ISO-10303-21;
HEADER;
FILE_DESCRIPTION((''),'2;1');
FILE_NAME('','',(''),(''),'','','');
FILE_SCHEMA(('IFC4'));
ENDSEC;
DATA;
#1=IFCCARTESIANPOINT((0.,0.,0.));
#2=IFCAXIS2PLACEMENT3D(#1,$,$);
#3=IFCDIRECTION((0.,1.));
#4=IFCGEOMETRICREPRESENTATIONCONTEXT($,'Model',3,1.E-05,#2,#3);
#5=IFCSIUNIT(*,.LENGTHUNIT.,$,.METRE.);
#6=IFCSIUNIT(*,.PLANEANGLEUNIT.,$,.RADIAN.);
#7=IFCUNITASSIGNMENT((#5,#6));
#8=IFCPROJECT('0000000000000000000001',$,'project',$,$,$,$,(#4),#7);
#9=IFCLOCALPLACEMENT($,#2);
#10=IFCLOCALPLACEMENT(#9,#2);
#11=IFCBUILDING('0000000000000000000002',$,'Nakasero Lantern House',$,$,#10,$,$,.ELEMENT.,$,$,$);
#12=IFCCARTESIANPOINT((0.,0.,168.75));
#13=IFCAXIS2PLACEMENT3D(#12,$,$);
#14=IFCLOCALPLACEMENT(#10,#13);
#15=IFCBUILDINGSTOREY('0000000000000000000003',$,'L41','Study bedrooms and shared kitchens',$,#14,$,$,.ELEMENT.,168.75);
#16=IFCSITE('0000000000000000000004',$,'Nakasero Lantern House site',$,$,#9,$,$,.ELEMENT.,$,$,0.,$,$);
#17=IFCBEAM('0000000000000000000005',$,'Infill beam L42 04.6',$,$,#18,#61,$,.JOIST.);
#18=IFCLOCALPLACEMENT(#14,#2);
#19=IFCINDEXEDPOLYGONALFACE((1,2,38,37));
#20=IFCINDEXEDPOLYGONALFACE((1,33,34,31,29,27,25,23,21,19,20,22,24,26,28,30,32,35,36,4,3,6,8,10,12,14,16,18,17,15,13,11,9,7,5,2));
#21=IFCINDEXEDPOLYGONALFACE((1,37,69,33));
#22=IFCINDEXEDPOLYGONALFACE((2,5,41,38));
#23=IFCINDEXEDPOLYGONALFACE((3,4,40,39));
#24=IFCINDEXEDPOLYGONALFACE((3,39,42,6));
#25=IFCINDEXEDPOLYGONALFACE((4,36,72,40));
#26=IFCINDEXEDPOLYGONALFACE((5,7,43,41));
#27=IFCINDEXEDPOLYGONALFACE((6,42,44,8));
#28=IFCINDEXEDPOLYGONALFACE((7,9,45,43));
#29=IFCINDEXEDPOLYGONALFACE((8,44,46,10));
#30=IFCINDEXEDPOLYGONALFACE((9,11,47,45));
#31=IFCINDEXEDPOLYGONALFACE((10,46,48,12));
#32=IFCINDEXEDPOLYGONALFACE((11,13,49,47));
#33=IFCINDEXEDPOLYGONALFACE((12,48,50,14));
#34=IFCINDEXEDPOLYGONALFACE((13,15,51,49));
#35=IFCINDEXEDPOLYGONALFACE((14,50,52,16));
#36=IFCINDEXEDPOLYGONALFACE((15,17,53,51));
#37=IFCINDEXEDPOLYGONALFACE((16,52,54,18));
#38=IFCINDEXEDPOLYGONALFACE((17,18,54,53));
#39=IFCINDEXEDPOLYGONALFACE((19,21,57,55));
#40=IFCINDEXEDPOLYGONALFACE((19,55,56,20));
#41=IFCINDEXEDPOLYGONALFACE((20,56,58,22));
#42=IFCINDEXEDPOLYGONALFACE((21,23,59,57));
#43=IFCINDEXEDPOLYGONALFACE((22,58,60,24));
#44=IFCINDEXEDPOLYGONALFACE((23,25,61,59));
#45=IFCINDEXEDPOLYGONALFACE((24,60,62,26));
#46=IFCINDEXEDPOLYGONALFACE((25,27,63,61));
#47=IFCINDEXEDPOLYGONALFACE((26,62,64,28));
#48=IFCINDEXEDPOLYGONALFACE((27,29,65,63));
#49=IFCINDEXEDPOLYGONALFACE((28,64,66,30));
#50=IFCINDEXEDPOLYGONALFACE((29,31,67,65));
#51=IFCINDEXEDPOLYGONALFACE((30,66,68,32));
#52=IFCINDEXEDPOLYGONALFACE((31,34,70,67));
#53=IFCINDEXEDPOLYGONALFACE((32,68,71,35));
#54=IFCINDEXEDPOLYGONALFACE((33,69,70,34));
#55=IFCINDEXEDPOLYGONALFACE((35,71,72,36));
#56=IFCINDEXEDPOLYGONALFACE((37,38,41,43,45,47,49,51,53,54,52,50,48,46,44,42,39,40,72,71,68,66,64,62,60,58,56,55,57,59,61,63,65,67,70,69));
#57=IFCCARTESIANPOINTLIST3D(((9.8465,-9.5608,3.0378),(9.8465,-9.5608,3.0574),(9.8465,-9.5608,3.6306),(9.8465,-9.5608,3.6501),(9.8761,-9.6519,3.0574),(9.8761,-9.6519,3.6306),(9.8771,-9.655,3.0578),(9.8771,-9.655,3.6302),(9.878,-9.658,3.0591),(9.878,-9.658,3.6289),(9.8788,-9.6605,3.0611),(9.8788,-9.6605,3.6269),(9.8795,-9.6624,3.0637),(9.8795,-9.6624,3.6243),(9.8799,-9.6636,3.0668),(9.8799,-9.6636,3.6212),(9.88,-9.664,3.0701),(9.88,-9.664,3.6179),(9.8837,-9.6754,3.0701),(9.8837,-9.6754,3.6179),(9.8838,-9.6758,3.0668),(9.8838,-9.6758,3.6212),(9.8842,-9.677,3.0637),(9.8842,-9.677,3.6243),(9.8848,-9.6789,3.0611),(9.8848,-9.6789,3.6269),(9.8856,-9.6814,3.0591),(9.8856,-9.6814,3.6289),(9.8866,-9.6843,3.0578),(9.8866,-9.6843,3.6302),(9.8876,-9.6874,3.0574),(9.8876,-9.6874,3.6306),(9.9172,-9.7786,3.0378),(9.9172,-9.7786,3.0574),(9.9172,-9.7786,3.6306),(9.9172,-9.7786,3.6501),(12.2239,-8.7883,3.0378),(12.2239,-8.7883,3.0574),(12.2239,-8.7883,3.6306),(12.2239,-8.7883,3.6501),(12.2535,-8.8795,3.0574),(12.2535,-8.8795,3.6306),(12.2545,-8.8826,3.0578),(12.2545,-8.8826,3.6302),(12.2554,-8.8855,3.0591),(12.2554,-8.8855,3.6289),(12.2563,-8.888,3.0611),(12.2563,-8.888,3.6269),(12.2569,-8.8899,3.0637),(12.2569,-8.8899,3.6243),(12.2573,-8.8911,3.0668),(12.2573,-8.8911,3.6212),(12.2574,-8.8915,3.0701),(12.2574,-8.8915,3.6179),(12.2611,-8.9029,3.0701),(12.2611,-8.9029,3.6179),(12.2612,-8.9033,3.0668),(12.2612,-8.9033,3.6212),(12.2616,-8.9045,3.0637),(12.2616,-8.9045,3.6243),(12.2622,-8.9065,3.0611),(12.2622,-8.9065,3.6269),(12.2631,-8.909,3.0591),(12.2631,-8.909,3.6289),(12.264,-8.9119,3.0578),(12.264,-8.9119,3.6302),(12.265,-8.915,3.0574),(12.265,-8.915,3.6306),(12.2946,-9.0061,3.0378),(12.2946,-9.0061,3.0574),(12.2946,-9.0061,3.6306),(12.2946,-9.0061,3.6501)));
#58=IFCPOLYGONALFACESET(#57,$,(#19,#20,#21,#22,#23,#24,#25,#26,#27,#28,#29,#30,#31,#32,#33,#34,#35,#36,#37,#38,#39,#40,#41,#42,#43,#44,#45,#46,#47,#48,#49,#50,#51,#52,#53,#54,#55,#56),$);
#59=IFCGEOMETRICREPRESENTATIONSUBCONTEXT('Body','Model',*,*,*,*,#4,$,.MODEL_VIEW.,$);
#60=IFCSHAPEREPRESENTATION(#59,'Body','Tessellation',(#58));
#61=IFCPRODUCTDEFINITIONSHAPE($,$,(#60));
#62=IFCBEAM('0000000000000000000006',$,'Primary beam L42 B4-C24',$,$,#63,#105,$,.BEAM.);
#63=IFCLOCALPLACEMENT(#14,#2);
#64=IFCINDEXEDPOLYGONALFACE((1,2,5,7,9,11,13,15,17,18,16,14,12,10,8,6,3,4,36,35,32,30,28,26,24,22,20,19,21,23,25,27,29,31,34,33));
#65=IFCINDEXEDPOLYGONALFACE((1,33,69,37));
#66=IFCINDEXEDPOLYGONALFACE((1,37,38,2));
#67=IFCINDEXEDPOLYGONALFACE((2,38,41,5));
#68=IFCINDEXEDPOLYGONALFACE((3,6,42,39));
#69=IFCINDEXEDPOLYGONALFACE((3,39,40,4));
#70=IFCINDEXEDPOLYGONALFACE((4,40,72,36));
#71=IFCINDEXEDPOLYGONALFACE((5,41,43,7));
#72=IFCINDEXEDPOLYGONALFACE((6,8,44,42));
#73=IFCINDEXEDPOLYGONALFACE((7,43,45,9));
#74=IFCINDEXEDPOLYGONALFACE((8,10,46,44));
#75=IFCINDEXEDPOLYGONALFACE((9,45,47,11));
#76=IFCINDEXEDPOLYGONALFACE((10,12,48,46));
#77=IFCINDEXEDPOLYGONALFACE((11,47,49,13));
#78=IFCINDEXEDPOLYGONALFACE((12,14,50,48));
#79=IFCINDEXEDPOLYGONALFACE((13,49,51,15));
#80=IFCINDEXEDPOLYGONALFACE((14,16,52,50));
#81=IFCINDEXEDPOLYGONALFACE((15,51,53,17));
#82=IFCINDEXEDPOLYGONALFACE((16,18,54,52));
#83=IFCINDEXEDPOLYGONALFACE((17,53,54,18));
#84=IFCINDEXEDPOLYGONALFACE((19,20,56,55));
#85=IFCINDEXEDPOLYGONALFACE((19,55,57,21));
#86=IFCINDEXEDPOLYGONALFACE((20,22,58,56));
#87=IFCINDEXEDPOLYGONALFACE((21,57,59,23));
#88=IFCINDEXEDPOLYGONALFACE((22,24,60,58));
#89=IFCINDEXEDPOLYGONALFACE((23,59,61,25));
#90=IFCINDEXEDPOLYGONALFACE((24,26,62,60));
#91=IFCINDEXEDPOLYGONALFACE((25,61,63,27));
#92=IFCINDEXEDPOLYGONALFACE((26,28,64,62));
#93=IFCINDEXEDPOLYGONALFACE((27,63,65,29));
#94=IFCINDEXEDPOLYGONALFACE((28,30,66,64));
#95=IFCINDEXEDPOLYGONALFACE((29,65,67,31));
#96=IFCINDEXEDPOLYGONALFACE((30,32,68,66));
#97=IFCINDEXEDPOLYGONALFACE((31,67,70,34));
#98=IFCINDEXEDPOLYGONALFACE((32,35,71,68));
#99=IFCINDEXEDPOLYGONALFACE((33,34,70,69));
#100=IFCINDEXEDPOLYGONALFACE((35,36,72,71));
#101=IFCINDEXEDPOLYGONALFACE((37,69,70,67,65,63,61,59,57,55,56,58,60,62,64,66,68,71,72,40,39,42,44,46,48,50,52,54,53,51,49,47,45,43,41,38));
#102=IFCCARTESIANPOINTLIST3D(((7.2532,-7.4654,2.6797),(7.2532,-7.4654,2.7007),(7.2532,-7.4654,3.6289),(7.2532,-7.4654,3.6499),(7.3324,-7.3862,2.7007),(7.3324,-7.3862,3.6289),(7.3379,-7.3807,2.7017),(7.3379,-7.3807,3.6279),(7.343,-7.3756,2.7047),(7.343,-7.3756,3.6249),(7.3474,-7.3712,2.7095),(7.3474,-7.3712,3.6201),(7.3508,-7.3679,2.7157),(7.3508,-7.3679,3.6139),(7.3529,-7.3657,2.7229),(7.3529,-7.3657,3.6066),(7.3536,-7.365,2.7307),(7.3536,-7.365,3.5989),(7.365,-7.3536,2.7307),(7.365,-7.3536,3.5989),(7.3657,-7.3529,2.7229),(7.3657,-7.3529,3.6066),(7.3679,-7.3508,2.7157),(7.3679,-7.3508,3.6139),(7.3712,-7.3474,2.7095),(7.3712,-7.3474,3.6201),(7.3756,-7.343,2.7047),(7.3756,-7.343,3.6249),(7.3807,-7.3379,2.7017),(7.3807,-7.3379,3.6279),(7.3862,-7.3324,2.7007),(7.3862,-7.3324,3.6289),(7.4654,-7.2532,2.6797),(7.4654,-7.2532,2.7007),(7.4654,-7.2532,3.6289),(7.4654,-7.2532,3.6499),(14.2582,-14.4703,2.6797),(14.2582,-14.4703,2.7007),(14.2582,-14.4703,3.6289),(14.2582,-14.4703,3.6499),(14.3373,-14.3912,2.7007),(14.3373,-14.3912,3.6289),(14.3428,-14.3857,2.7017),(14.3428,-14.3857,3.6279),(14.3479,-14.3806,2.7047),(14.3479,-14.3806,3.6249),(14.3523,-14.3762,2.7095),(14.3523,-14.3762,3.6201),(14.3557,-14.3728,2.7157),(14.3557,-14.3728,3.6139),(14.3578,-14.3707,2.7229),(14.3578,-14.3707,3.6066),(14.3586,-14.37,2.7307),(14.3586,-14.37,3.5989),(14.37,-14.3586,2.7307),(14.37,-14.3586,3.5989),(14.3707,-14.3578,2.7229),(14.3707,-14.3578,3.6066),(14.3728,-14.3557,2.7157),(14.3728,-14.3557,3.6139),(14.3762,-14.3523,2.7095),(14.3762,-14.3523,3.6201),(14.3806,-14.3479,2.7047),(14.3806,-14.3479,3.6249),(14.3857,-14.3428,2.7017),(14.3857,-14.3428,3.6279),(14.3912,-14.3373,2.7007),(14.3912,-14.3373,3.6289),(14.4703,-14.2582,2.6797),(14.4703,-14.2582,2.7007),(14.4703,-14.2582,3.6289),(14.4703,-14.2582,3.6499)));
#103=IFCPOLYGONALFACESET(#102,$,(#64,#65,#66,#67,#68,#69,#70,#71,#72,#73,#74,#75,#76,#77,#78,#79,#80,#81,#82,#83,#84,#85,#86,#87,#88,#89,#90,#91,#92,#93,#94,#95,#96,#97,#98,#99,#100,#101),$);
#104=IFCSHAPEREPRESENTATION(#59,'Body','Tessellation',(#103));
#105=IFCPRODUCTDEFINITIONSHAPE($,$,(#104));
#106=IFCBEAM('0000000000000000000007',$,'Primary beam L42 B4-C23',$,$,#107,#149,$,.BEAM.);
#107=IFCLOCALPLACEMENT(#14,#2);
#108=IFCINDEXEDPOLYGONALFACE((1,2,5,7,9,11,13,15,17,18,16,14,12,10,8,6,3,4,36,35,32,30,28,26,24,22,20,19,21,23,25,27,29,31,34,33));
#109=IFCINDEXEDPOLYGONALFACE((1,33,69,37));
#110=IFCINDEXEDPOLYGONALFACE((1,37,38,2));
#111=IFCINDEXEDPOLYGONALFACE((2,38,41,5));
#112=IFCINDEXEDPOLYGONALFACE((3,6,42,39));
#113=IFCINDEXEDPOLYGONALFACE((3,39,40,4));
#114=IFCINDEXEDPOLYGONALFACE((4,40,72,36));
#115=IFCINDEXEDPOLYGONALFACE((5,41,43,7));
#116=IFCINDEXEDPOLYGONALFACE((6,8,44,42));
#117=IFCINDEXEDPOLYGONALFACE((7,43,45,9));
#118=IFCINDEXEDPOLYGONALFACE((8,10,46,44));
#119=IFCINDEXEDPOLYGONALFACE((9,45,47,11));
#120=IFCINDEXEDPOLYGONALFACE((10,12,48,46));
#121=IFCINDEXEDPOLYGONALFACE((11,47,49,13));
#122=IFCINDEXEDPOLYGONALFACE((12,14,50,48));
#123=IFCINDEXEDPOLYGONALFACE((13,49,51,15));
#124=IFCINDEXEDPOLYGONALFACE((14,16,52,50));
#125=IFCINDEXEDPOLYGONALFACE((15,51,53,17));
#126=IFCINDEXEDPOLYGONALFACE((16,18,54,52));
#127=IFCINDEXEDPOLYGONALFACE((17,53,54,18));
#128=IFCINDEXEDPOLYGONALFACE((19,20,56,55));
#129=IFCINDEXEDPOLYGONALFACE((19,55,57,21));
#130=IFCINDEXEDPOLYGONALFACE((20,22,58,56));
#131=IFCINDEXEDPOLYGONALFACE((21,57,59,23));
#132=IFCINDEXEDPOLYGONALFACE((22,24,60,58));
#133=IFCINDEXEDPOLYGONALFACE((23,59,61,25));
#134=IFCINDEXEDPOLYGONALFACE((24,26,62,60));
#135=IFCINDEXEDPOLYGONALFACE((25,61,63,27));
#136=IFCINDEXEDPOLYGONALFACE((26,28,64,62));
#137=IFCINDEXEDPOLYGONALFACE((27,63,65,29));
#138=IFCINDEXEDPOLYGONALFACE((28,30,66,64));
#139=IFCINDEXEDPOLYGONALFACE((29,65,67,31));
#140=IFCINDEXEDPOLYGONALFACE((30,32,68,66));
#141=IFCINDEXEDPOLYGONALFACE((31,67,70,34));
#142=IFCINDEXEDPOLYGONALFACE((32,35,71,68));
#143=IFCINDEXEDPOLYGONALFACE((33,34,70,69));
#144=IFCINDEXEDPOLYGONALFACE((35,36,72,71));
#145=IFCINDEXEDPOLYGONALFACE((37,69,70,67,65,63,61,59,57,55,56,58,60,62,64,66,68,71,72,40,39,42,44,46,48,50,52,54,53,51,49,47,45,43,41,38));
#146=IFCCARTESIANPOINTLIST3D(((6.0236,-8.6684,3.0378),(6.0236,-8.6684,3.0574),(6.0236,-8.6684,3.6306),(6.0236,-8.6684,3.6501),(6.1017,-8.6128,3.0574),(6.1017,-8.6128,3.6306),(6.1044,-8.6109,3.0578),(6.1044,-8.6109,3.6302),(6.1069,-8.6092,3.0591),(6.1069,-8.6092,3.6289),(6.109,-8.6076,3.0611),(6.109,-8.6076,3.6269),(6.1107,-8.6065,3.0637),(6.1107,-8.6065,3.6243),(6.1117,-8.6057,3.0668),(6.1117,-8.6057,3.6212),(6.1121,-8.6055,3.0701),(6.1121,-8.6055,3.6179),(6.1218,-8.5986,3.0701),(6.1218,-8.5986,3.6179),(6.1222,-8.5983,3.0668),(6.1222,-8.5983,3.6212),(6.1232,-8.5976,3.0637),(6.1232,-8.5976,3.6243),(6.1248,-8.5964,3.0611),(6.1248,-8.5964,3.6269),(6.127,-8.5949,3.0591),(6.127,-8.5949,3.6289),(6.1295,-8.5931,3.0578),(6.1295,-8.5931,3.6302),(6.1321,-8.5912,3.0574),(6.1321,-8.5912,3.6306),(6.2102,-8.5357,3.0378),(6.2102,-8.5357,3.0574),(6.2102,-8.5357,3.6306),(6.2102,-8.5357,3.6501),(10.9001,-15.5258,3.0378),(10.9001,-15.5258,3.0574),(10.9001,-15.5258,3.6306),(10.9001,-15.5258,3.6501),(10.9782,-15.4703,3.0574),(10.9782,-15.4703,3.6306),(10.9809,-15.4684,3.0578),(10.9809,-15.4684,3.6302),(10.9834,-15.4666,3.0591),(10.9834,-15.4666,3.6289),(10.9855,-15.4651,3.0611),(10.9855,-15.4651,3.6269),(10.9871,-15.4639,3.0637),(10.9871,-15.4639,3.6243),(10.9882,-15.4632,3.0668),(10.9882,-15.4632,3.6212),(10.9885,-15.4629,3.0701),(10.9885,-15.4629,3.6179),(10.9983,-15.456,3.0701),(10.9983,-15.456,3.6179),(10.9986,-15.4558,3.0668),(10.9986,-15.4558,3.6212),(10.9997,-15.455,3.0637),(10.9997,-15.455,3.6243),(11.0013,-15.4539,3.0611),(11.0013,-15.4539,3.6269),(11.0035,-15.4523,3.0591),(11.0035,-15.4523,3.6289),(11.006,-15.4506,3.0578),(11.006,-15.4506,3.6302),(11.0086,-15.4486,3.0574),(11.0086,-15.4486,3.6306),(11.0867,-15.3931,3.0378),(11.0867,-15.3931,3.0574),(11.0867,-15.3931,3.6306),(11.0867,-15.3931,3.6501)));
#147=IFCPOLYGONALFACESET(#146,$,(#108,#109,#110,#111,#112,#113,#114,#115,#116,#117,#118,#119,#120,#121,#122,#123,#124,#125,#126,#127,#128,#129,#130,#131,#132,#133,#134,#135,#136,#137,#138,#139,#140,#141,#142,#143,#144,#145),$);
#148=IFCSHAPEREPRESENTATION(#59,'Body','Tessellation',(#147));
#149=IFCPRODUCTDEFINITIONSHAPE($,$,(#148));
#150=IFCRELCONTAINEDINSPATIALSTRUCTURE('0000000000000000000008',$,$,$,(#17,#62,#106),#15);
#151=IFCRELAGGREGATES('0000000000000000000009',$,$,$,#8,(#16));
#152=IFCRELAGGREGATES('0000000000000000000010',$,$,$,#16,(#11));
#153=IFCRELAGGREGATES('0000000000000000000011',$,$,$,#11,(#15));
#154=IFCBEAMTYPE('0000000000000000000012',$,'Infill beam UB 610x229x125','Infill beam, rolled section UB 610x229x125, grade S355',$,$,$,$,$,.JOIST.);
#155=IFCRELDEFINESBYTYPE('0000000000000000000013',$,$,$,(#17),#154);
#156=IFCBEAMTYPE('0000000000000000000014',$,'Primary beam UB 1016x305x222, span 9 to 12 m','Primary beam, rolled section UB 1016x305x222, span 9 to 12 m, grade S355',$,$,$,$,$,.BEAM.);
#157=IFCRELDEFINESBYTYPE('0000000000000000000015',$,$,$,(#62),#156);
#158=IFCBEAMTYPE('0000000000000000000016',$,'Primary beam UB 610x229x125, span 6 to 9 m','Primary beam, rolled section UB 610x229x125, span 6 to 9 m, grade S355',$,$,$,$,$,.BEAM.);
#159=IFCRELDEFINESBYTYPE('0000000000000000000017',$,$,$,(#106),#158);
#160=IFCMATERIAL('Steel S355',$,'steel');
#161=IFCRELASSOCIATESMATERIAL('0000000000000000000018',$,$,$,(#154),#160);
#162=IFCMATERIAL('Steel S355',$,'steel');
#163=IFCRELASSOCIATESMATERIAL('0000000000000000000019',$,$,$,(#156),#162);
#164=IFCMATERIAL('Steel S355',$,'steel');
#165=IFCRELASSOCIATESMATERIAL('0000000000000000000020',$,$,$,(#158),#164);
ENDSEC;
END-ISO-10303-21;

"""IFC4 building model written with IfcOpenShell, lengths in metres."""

from ifc_helpers import new_model, si_unit, direction, frame, origin, origin_2d, place, context, subcontext, project, spatial, i_section, extrude, material, material_profile, profile_set, type_object, element, save


model = new_model("IFC4")

# Units and contexts
model_context = context("Model", 3, precision=1e-05, world=origin(), true_north=direction((0.0, 1.0)))
body_context = subcontext(model_context, "Body", "Model", "MODEL_VIEW")
ifc_project = project(units=[si_unit("LENGTHUNIT", "METRE"), si_unit("PLANEANGLEUNIT", "RADIAN")], contexts=[model_context])

# Site, building, storey
site_placement = place(None, origin())
site = spatial("IfcSite", under=ifc_project, at=site_placement, Name="Nakasero Lantern House site", CompositionType="ELEMENT", RefElevation=0.0)
building_placement = place(site_placement, origin())
building = spatial("IfcBuilding", under=site, at=building_placement, Name="Nakasero Lantern House", CompositionType="ELEMENT")
storey_placement = place(building_placement, frame((0.0, 0.0, 168.75)))
storey = spatial("IfcBuildingStorey", under=building, at=storey_placement, Name="L41", Description="Study bedrooms and shared kitchens", CompositionType="ELEMENT", Elevation=168.75)

# Beams
ifc_material_1 = material(Name="Steel S355", Category="steel")
ifc_material_profile_1 = material_profile(ifc_material_1, i_section(OverallWidth=0.229, OverallDepth=0.6123, WebThickness=0.012, FlangeThickness=0.0195, FilletRadius=0.0127, at=origin_2d()), Name="UB 610x229x125")
ifc_profile_set_1 = profile_set([ifc_material_profile_1], Name="Steel S355")
beam_type_1 = type_object("IfcBeamType", Name="Infill beam UB 610x229x125", Description="Infill beam, rolled section UB 610x229x125, grade S355", PredefinedType="JOIST", material=ifc_profile_set_1)
beam_1_placement = place(storey_placement, frame((9.8818, -9.6697, 3.344), z_axis=(0.951058, 0.309011, 0.0), x_axis=(-0.309011, 0.951058, 0.0)))
element("IfcBeam", 1, at=beam_1_placement, inside=storey, type_object=beam_type_1, Name="Infill beam L42 04.6", PredefinedType="JOIST", context=body_context, shape_type="SweptSolid", body=[
    extrude(i_section(OverallWidth=0.229, OverallDepth=0.6123, WebThickness=0.012, FlangeThickness=0.0195, FilletRadius=0.0127, at=origin_2d()), origin(), (0.0, 0.0, 1.0), 2.4998),
])
ifc_material_2 = material(Name="Steel S355", Category="steel")
ifc_material_profile_2 = material_profile(ifc_material_2, i_section(OverallWidth=0.3, OverallDepth=0.9702, WebThickness=0.0161, FlangeThickness=0.021, FilletRadius=0.03, at=origin_2d()), Name="UB 1016x305x222")
ifc_profile_set_2 = profile_set([ifc_material_profile_2], Name="Steel S355")
beam_type_2 = type_object("IfcBeamType", Name="Primary beam UB 1016x305x222, span 9 to 12 m", Description="Primary beam, rolled section UB 1016x305x222, span 9 to 12 m, grade S355", PredefinedType="BEAM", material=ifc_profile_set_2)
beam_2_placement = place(storey_placement, frame((14.3643, -14.3643, 3.1648), z_axis=(-0.707107, 0.707107, 0.0), x_axis=(-0.707107, -0.707107, 0.0)))
element("IfcBeam", 2, at=beam_2_placement, inside=storey, type_object=beam_type_2, Name="Primary beam L42 B4-C24", PredefinedType="BEAM", context=body_context, shape_type="SweptSolid", body=[
    extrude(i_section(OverallWidth=0.3, OverallDepth=0.9702, WebThickness=0.0161, FlangeThickness=0.021, FilletRadius=0.03, at=origin_2d()), origin(), (0.0, 0.0, 1.0), 9.9065),
])
ifc_material_3 = material(Name="Steel S355", Category="steel")
ifc_material_profile_3 = material_profile(ifc_material_3, i_section(OverallWidth=0.229, OverallDepth=0.6123, WebThickness=0.012, FlangeThickness=0.0195, FilletRadius=0.0127, at=origin_2d()), Name="UB 610x229x125")
ifc_profile_set_3 = profile_set([ifc_material_profile_3], Name="Steel S355")
beam_type_3 = type_object("IfcBeamType", Name="Primary beam UB 610x229x125, span 6 to 9 m", Description="Primary beam, rolled section UB 610x229x125, span 6 to 9 m, grade S355", PredefinedType="BEAM", material=ifc_profile_set_3)
beam_3_placement = place(storey_placement, frame((10.9934, -15.4595, 3.344), z_axis=(-0.57953, 0.814951, 0.0), x_axis=(-0.814951, -0.57953, 0.0)))
element("IfcBeam", 3, at=beam_3_placement, inside=storey, type_object=beam_type_3, Name="Primary beam L42 B4-C23", PredefinedType="BEAM", context=body_context, shape_type="SweptSolid", body=[
    extrude(i_section(OverallWidth=0.229, OverallDepth=0.6123, WebThickness=0.012, FlangeThickness=0.0195, FilletRadius=0.0127, at=origin_2d()), origin(), (0.0, 0.0, 1.0), 8.4146),
])

save(model, "model.ifc")
